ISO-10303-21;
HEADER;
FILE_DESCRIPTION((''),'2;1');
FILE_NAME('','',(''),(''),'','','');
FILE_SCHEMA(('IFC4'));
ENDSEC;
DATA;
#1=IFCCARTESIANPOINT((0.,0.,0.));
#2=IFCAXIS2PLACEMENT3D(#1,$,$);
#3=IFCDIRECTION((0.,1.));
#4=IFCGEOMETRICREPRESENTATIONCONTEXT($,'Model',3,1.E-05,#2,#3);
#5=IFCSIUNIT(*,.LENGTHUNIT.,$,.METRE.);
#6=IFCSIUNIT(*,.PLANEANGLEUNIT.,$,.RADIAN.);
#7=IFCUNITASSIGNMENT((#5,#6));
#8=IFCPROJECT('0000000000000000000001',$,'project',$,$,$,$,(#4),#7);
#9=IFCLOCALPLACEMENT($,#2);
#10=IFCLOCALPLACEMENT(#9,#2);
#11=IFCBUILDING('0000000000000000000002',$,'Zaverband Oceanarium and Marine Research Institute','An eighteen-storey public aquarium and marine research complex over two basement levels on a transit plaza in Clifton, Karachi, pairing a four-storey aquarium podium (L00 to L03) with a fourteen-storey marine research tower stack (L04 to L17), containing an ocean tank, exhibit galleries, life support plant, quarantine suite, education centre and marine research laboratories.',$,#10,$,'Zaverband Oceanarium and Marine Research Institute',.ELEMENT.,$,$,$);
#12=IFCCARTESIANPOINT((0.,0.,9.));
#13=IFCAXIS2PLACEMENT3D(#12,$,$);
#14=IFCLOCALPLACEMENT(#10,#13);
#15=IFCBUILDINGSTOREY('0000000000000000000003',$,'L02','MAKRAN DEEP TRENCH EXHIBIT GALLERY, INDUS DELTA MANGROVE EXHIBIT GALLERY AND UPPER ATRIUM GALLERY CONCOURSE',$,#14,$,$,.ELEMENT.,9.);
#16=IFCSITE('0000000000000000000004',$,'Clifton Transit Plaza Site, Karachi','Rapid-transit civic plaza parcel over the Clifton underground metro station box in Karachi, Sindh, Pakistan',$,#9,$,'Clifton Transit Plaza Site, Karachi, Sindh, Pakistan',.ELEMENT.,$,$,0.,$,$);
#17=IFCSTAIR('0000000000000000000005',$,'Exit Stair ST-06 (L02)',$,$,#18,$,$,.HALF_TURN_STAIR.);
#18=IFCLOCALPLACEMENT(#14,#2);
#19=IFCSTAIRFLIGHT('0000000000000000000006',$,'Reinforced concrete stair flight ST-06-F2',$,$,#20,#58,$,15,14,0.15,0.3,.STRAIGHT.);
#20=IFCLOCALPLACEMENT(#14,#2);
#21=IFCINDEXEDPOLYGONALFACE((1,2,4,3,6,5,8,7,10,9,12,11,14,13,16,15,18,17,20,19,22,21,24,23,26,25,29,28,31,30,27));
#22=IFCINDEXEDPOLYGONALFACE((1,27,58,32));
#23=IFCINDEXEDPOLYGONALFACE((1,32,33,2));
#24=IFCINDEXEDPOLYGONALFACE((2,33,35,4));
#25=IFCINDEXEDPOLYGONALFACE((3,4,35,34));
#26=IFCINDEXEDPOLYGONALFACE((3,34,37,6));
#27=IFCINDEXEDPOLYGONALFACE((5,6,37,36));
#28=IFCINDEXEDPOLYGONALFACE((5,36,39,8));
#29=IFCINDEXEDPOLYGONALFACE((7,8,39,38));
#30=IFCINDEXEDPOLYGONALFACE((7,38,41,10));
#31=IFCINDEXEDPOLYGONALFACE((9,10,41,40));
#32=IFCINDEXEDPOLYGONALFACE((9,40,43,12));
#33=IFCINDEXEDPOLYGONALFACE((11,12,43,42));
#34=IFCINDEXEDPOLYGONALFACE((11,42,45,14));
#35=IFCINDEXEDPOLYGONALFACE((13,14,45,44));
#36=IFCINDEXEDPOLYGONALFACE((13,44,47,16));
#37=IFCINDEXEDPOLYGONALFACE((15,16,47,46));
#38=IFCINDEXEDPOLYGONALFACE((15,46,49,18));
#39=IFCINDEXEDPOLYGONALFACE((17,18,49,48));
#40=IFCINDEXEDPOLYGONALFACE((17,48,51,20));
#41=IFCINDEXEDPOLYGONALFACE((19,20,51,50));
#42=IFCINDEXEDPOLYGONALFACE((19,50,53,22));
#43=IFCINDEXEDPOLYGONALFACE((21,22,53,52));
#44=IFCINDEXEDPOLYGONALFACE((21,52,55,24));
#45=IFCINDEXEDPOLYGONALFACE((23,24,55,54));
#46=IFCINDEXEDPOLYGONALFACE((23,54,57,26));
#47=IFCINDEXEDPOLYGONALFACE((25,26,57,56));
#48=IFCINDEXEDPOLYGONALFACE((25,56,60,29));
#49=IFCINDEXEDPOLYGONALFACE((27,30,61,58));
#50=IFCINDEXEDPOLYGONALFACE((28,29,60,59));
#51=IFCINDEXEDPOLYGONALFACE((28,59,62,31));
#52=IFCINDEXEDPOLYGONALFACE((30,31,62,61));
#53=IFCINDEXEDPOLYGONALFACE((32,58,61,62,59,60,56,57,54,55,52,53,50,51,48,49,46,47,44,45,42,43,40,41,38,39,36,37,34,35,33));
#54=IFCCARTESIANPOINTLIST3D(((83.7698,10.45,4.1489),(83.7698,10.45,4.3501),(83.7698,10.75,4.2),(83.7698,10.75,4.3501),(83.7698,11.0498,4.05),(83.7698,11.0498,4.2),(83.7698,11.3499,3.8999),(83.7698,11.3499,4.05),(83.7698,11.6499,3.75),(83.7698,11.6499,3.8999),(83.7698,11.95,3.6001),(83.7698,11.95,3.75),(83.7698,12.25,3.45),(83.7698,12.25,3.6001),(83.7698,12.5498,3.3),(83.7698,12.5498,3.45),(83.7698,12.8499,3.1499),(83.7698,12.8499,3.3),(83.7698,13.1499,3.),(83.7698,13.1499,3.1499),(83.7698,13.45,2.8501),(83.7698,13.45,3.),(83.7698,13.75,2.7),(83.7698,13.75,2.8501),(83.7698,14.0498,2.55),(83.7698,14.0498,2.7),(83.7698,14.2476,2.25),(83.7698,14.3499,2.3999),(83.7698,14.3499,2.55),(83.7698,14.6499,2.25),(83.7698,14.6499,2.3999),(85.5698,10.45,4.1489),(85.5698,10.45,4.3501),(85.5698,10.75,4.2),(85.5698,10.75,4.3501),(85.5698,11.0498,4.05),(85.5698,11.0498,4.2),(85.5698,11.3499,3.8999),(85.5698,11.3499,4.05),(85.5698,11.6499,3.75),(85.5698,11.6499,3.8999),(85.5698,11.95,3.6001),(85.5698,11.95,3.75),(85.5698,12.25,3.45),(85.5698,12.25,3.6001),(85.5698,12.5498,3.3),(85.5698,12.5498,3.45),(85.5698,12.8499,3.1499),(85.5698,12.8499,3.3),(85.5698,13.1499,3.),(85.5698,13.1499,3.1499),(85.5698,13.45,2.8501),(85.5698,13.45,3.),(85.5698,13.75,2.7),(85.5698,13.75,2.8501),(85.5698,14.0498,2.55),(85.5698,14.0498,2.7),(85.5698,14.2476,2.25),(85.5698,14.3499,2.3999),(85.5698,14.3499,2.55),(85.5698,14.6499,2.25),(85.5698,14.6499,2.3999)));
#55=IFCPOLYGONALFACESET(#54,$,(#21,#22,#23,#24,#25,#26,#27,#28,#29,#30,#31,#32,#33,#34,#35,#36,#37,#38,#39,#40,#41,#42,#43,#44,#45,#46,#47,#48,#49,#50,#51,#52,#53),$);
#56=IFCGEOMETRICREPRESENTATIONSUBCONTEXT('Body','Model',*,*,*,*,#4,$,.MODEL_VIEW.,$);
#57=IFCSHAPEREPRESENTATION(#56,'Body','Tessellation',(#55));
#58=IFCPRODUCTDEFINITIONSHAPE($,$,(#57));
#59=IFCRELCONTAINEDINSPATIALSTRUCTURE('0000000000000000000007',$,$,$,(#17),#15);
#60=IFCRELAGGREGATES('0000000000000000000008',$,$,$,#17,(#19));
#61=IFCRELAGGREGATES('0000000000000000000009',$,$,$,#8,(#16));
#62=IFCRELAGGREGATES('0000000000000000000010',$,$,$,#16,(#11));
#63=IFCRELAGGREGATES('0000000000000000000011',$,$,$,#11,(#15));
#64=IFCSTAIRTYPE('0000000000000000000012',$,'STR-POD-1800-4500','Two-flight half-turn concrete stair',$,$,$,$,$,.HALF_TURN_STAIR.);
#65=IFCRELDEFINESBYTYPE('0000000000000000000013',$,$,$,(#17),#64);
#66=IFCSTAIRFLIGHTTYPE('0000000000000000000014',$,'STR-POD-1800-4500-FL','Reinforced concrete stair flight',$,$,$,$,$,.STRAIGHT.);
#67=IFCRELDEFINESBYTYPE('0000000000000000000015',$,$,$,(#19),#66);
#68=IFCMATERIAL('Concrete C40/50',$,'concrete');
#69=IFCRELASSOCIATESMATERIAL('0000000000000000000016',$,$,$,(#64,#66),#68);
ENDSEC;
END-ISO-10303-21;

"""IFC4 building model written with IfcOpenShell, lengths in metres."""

from ifc_helpers import new_model, si_unit, direction, frame, origin, place, context, subcontext, project, spatial, polyline, outline, extrude, material, type_object, element, aggregate, save


model = new_model("IFC4")

# Units and contexts
model_context = context("Model", 3, precision=1e-05, world=origin(), true_north=direction((0.0, 1.0)))
body_context = subcontext(model_context, "Body", "Model", "MODEL_VIEW")
ifc_project = project(units=[si_unit("LENGTHUNIT", "METRE"), si_unit("PLANEANGLEUNIT", "RADIAN")], contexts=[model_context])

# Site, building, storey
site_placement = place(None, origin())
site = spatial("IfcSite", under=ifc_project, at=site_placement, Name="Clifton Transit Plaza Site, Karachi", Description="Rapid-transit civic plaza parcel over the Clifton underground metro station box in Karachi, Sindh, Pakistan", LongName="Clifton Transit Plaza Site, Karachi, Sindh, Pakistan", CompositionType="ELEMENT", RefElevation=0.0)
building_placement = place(site_placement, origin())
building = spatial("IfcBuilding", under=site, at=building_placement, Name="Zaverband Oceanarium and Marine Research Institute", Description="An eighteen-storey public aquarium and marine research complex over two basement levels on a transit plaza in Clifton, Karachi, pairing a four-storey aquarium podium (L00 to L03) with a fourteen-storey marine research tower stack (L04 to L17), containing an ocean tank, exhibit galleries, life support plant, quarantine suite, education centre and marine research laboratories.", LongName="Zaverband Oceanarium and Marine Research Institute", CompositionType="ELEMENT")
storey_placement = place(building_placement, frame((0.0, 0.0, 9.0)))
storey = spatial("IfcBuildingStorey", under=building, at=storey_placement, Name="L02", Description="MAKRAN DEEP TRENCH EXHIBIT GALLERY, INDUS DELTA MANGROVE EXHIBIT GALLERY AND UPPER ATRIUM GALLERY CONCOURSE", CompositionType="ELEMENT", Elevation=9.0)

# Shared definitions
ifc_material_1 = material(Name="Concrete C40/50", Category="concrete")

# Stair, stair flight
stair_type = type_object("IfcStairType", Name="STR-POD-1800-4500", Description="Two-flight half-turn concrete stair", PredefinedType="HALF_TURN_STAIR", material=ifc_material_1)
stair_placement = place(storey_placement, origin())
stair = element("IfcStair", 1, at=stair_placement, inside=storey, type_object=stair_type, Name="Exit Stair ST-06 (L02)", PredefinedType="HALF_TURN_STAIR")
stair_flight_type = type_object("IfcStairFlightType", Name="STR-POD-1800-4500-FL", Description="Reinforced concrete stair flight", PredefinedType="STRAIGHT", material=ifc_material_1)
stair_flight_placement = place(storey_placement, frame((84.6699, 14.6499, 2.25), z_axis=(0.0, 0.0, 1.0), x_axis=(0.0, -1.0, 0.0)))
stair_flight = element("IfcStairFlight", 2, at=stair_flight_placement, type_object=stair_flight_type, Name="Reinforced concrete stair flight ST-06-F2", NumberOfRisers=15, NumberOfTreads=14, PredefinedType="STRAIGHT", RiserHeight=0.15, TreadLength=0.3, context=body_context, shape_type="SweptSolid", body=[
    extrude(outline(polyline([(0.0, 0.0), (0.0, 0.1499), (0.3, 0.1499), (0.3, 0.3), (0.6001, 0.3), (0.6001, 0.45), (0.8999, 0.45), (0.8999, 0.6001), (1.2, 0.6001), (1.2, 0.75), (1.5, 0.75), (1.5, 0.8999), (1.8, 0.8999), (1.8, 1.05), (2.1001, 1.05), (2.1001, 1.2), (2.3999, 1.2), (2.3999, 1.3501), (2.7, 1.3501), (2.7, 1.5), (3.0, 1.5), (3.0, 1.6499), (3.3, 1.6499), (3.3, 1.8), (3.6001, 1.8), (3.6001, 1.95), (3.8999, 1.95), (3.8999, 2.1001), (4.2, 2.1001), (4.2, 2.25), (4.2, 1.8989), (0.4023, 0.0), (0.0, 0.0)])), frame((0.0, 0.8999, 0.0), z_axis=(0.0, -1.0, 0.0), x_axis=(1.0, 0.0, 0.0)), (0.0, 0.0, 1.0), 1.8),
])
aggregate(stair, [stair_flight])

save(model, "model.ifc")
